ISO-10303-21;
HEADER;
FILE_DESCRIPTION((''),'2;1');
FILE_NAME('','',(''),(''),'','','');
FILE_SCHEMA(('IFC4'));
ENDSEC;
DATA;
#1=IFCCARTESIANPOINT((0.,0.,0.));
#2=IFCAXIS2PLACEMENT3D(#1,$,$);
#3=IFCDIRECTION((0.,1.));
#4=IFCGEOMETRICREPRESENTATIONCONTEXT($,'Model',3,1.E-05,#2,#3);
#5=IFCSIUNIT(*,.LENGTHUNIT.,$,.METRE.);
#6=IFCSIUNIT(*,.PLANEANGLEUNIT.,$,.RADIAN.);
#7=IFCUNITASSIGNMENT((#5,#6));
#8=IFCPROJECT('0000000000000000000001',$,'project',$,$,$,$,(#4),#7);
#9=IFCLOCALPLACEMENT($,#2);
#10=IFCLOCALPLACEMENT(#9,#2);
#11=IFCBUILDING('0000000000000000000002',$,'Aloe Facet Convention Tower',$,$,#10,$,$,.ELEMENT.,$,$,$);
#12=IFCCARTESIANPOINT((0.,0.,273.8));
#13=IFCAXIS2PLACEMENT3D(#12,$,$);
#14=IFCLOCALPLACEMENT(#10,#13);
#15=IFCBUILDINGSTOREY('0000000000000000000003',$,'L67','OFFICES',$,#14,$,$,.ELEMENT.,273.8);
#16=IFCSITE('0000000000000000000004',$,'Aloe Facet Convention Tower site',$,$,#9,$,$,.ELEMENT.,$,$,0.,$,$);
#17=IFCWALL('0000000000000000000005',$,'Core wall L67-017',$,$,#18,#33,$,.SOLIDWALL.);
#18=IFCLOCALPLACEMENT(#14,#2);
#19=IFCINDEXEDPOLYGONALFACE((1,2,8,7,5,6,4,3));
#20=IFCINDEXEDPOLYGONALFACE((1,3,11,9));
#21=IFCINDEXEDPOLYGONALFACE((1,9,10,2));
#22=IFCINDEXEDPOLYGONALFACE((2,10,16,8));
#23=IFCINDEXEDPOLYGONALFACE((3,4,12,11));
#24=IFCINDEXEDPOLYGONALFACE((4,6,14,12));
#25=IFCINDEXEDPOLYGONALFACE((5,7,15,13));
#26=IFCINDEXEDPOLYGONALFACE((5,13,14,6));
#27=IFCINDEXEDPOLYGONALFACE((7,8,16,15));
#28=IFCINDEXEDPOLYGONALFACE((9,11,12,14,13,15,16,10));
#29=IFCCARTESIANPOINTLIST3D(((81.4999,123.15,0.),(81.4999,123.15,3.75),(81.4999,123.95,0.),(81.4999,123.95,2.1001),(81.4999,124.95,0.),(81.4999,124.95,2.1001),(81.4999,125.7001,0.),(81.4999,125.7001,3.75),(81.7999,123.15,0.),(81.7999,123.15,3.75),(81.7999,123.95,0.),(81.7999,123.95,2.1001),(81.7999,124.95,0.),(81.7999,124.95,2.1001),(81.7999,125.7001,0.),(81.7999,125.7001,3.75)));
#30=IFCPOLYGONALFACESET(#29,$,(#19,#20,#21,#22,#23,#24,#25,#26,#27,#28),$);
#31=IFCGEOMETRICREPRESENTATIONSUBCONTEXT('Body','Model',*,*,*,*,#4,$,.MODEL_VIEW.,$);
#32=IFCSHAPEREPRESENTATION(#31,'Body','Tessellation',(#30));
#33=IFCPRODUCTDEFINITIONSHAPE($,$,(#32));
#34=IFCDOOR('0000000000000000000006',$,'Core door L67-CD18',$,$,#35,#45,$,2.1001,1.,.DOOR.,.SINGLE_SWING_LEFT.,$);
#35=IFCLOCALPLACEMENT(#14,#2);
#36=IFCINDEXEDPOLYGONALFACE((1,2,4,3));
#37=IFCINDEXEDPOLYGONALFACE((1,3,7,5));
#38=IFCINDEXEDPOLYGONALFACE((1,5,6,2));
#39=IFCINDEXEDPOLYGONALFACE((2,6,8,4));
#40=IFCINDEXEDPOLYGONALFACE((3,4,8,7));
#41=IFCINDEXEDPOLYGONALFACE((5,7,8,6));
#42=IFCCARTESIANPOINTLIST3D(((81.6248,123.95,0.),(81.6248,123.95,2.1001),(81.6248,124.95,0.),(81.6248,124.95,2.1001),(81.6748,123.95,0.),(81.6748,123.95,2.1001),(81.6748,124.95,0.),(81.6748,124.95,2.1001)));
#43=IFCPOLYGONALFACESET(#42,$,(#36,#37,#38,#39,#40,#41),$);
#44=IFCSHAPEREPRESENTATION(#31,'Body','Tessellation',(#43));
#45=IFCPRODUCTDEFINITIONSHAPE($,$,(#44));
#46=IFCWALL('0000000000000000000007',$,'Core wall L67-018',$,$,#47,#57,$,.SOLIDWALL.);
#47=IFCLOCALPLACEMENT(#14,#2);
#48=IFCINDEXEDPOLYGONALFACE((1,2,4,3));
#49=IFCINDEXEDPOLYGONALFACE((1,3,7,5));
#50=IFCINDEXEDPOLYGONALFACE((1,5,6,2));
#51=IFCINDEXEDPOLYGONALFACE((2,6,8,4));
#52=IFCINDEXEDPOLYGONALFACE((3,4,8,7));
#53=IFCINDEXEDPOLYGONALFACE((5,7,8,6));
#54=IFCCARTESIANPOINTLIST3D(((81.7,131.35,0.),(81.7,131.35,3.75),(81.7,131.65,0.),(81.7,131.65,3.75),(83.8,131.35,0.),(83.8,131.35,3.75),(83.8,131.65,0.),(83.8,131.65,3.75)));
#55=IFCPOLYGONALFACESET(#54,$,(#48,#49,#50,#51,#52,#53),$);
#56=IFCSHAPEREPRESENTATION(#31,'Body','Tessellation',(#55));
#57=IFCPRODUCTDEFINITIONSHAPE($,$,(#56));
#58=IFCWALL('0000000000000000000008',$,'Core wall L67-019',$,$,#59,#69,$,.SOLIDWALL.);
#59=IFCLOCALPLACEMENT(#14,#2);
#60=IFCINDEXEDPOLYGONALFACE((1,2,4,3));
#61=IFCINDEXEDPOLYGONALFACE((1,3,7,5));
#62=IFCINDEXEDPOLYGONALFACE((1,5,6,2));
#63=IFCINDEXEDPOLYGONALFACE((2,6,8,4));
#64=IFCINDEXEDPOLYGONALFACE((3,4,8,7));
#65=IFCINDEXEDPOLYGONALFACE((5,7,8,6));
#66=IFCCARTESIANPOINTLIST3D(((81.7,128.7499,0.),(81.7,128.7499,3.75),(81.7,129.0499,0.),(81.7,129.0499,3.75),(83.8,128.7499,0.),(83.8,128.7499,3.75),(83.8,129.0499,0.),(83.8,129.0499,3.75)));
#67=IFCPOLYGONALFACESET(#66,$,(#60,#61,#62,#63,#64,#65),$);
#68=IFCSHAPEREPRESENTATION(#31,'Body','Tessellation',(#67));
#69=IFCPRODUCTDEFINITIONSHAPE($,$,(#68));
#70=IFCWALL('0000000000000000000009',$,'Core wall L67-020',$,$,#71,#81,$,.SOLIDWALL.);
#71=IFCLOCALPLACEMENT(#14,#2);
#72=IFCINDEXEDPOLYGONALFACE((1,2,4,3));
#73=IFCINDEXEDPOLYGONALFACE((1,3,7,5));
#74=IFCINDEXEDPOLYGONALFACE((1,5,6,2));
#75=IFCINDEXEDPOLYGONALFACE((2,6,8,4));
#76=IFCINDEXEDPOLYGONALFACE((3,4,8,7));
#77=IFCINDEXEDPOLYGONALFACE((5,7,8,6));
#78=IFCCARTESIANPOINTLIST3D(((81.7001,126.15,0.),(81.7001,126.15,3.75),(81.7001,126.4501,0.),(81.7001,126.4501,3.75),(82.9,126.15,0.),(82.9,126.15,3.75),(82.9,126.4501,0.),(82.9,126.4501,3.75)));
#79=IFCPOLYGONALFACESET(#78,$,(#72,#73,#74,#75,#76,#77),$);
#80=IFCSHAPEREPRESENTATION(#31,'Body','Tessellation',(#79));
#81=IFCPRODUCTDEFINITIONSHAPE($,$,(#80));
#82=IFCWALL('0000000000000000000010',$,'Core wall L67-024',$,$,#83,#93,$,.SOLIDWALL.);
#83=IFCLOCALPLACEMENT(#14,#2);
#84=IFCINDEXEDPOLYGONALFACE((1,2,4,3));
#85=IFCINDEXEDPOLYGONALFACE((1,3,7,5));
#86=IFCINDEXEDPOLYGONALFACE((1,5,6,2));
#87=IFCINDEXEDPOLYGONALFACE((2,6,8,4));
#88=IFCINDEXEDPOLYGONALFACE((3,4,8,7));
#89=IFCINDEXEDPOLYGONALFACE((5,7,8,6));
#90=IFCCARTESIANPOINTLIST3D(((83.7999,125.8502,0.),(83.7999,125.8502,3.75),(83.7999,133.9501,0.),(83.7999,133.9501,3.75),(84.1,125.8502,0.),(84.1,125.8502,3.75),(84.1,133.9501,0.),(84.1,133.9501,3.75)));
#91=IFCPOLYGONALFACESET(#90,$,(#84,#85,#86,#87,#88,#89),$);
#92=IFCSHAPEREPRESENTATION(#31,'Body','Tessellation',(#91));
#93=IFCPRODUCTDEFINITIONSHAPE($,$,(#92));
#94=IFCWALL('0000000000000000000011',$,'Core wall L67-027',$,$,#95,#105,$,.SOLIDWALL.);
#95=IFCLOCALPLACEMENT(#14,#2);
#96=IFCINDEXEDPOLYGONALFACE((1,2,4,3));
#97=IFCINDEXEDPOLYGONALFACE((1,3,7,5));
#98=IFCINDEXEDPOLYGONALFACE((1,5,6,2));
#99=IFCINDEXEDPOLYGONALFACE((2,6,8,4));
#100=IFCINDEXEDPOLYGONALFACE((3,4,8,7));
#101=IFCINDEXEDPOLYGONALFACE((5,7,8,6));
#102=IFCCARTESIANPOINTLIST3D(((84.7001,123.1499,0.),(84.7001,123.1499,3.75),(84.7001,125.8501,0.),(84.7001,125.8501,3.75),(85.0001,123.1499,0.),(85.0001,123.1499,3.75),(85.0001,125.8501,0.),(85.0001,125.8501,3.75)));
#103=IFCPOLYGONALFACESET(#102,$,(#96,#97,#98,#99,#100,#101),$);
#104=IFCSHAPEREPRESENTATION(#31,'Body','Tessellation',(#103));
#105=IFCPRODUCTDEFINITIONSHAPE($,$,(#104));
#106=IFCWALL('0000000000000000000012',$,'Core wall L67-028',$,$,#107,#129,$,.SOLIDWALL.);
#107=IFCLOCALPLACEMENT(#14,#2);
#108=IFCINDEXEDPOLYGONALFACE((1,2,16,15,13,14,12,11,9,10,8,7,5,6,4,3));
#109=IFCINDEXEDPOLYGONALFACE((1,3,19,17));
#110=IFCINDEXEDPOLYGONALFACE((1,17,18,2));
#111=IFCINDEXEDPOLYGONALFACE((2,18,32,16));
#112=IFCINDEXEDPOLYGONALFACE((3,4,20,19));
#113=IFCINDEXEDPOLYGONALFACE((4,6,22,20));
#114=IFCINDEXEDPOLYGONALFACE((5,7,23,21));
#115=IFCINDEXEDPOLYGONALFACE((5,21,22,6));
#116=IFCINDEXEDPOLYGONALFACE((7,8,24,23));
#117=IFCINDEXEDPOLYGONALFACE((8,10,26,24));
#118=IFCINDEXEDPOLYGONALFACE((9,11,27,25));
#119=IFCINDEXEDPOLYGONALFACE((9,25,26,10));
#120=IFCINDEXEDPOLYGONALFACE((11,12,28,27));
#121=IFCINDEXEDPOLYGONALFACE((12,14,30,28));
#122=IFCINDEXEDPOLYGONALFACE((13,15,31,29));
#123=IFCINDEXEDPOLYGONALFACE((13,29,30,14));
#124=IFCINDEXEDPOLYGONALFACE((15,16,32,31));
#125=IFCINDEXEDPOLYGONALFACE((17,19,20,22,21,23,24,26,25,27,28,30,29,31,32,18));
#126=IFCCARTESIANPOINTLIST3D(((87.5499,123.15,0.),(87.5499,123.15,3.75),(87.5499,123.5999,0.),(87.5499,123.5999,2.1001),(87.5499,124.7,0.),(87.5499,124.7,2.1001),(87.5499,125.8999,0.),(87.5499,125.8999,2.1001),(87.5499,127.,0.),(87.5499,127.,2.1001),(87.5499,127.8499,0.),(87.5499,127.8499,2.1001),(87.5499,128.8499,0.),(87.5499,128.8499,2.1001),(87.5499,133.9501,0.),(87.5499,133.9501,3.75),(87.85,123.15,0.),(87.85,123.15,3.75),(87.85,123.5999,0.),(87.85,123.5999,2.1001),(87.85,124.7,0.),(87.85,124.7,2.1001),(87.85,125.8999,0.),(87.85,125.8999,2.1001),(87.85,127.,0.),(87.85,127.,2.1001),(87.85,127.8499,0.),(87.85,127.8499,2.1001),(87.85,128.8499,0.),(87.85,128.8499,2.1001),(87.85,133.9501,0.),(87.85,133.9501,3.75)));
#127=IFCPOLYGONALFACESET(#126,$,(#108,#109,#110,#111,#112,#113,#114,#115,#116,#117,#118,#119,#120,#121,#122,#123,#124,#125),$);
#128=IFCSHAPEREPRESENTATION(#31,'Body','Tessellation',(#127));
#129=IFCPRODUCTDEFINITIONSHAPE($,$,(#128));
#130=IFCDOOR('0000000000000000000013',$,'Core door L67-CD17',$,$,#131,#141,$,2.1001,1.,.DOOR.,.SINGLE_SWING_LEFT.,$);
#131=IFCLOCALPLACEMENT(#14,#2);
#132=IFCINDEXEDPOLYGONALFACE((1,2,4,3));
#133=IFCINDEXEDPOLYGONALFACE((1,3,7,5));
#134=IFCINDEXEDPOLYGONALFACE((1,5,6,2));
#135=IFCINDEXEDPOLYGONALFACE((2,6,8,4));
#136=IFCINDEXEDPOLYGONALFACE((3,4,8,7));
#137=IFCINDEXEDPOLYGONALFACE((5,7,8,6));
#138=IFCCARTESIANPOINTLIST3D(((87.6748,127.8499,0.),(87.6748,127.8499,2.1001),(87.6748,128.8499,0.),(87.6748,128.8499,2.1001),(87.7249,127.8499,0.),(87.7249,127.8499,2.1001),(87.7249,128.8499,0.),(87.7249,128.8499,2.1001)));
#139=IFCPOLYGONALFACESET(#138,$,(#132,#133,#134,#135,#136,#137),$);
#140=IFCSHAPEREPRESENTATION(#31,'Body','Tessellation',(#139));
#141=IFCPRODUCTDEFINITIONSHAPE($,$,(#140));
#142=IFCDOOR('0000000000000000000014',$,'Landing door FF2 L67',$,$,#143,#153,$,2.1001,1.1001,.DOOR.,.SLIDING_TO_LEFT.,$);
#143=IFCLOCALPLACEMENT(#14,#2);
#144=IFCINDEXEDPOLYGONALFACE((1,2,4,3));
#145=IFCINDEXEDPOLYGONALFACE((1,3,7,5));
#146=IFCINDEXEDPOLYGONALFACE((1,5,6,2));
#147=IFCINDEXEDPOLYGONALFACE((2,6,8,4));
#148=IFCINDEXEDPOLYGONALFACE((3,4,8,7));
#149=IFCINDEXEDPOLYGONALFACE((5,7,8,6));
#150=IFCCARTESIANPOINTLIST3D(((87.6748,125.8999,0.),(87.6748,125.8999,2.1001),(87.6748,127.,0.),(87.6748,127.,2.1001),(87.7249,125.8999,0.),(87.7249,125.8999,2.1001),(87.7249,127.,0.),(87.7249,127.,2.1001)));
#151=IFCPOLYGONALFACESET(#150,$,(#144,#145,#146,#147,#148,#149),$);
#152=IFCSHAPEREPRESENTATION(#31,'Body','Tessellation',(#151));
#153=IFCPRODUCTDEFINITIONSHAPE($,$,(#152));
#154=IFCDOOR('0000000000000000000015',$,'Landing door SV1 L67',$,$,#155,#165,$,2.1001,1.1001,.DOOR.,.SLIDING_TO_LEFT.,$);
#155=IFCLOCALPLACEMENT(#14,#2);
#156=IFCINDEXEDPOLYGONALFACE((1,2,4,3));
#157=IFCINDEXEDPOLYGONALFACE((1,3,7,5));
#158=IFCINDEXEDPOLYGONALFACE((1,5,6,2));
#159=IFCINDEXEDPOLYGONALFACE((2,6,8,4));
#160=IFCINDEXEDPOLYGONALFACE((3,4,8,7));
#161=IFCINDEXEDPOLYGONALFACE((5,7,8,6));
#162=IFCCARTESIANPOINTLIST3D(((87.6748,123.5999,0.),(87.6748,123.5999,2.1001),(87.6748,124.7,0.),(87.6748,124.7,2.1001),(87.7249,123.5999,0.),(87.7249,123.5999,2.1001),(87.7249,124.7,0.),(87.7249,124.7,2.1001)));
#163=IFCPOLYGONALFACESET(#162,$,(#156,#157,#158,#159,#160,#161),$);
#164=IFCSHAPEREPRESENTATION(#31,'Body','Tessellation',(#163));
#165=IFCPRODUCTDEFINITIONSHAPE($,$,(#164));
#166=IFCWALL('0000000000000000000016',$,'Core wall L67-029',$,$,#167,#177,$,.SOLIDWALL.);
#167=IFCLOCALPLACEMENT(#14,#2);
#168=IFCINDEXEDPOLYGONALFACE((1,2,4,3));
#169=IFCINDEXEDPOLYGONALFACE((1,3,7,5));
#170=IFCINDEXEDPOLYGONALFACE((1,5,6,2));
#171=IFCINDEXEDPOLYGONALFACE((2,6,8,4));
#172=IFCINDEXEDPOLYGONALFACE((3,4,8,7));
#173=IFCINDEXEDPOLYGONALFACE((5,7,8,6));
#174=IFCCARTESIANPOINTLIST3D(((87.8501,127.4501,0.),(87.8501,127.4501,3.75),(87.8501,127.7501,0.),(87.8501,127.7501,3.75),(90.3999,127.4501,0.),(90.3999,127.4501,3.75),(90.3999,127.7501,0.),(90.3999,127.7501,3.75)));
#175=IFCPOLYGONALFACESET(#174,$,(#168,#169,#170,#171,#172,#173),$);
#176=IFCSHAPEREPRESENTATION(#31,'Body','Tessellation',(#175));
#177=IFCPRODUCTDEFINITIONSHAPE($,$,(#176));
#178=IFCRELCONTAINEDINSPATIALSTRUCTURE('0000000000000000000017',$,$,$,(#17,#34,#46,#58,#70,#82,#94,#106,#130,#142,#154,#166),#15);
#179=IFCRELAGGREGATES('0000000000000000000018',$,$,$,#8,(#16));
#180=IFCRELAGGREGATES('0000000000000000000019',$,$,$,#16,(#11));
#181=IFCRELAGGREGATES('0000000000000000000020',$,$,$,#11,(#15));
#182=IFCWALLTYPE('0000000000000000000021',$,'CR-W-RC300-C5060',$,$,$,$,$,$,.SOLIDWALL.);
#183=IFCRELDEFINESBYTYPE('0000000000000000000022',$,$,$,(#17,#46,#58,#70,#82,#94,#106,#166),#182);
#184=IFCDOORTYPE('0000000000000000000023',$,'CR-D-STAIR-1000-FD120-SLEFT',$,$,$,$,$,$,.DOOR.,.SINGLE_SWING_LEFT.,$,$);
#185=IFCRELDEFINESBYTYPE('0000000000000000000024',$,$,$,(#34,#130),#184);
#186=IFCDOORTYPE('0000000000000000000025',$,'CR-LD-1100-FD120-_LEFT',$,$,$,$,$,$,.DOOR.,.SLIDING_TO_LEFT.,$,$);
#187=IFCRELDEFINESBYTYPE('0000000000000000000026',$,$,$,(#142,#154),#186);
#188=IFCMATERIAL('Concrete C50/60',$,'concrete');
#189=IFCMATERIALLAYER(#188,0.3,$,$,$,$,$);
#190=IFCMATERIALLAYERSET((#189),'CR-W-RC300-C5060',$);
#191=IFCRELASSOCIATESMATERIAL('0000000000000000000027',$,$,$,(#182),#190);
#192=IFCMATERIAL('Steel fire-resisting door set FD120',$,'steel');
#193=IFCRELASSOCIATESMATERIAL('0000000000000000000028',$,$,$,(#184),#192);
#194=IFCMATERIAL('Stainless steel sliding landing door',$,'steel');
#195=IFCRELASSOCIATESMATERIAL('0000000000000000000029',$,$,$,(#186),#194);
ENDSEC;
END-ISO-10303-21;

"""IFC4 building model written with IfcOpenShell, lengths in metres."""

from ifc_helpers import new_model, si_unit, direction, frame, frame_2d, origin, place, context, subcontext, project, spatial, rectangle, extrude, material, layer, layer_set, type_object, element, fill, save


model = new_model("IFC4")

# Units and contexts
model_context = context("Model", 3, precision=1e-05, world=origin(), true_north=direction((0.0, 1.0)))
body_context = subcontext(model_context, "Body", "Model", "MODEL_VIEW")
ifc_project = project(units=[si_unit("LENGTHUNIT", "METRE"), si_unit("PLANEANGLEUNIT", "RADIAN")], contexts=[model_context])

# Site, building, storey
site_placement = place(None, origin())
site = spatial("IfcSite", under=ifc_project, at=site_placement, Name="Aloe Facet Convention Tower site", CompositionType="ELEMENT", RefElevation=0.0)
building_placement = place(site_placement, origin())
building = spatial("IfcBuilding", under=site, at=building_placement, Name="Aloe Facet Convention Tower", CompositionType="ELEMENT")
storey_placement = place(building_placement, frame((0.0, 0.0, 273.8)))
storey = spatial("IfcBuildingStorey", under=building, at=storey_placement, Name="L67", Description="OFFICES", CompositionType="ELEMENT", Elevation=273.8)

# Shared definitions
ifc_material_1 = material(Name="Concrete C50/60", Category="concrete")
ifc_layer_1 = layer(ifc_material_1, 0.3)
ifc_layer_set_1 = layer_set([ifc_layer_1], Name="CR-W-RC300-C5060")
wall_type_1 = type_object("IfcWallType", Name="CR-W-RC300-C5060", PredefinedType="SOLIDWALL", material=ifc_layer_set_1)

# Wall, opening, door
wall_1_placement = place(storey_placement, frame((81.6499, 125.7, 0.0), z_axis=(0.0, 0.0, 1.0), x_axis=(0.0, -1.0, 0.0)))
wall_1 = element("IfcWall", 1, at=wall_1_placement, inside=storey, type_object=wall_type_1, Name="Core wall L67-017", PredefinedType="SOLIDWALL", context=body_context, shape_type="SweptSolid", body=[
    extrude(rectangle(XDim=2.55, YDim=0.3, at=frame_2d((1.2749, 0.0))), origin(), (0.0, 0.0, 1.0), 3.75),
])
opening_1_placement = place(wall_1_placement, frame((0.75, 0.0, 0.0)))
opening_1 = element("IfcOpeningElement", 2, at=opening_1_placement, cuts=wall_1, PredefinedType="OPENING", context=body_context, shape_type="SweptSolid", body=[
    extrude(rectangle(XDim=1.0, YDim=2.1001, at=frame_2d((0.5, 1.05))), frame((0.0, 0.1602, 0.0), z_axis=(0.0, -1.0, 0.0), x_axis=(1.0, 0.0, 0.0)), (0.0, 0.0, 1.0), 0.3201),
])
ifc_material_2 = material(Name="Steel fire-resisting door set FD120", Category="steel")
door_type_1 = type_object("IfcDoorType", Name="CR-D-STAIR-1000-FD120-SLEFT", OperationType="SINGLE_SWING_LEFT", PredefinedType="DOOR", material=ifc_material_2)
door_1_placement = place(opening_1_placement, origin())
door_1 = element("IfcDoor", 3, at=door_1_placement, inside=storey, type_object=door_type_1, Name="Core door L67-CD18", OperationType="SINGLE_SWING_LEFT", OverallHeight=2.1001, OverallWidth=1.0, PredefinedType="DOOR", context=body_context, shape_type="SweptSolid", body=[
    extrude(rectangle(XDim=1.0, YDim=2.1001, at=frame_2d((0.5, 1.05))), frame((0.0, 0.0249, 0.0), z_axis=(0.0, -1.0, 0.0), x_axis=(1.0, 0.0, 0.0)), (0.0, 0.0, 1.0), 0.05),
])
fill(opening_1, door_1)

# Walls
for number, where, z_axis, x_axis, name in (
    (4, (81.7, 131.5, 0.0), (0.0, 0.0, 1.0), (1.0, 0.0, 0.0), "Core wall L67-018"),
    (5, (81.7, 128.8999, 0.0), (0.0, 0.0, 1.0), (1.0, 0.0, 0.0), "Core wall L67-019"),
):
    element("IfcWall", number, at=place(storey_placement, frame(where, z_axis=z_axis, x_axis=x_axis)), inside=storey, type_object=wall_type_1, Name=name, PredefinedType="SOLIDWALL", context=body_context, shape_type="SweptSolid", body=[
        extrude(rectangle(XDim=2.1001, YDim=0.3, at=frame_2d((1.05, 0.0))), origin(), (0.0, 0.0, 1.0), 3.75),
    ])
wall_2_placement = place(storey_placement, frame((81.7, 126.3, 0.0), z_axis=(0.0, 0.0, 1.0), x_axis=(1.0, 0.0, 0.0)))
element("IfcWall", 6, at=wall_2_placement, inside=storey, type_object=wall_type_1, Name="Core wall L67-020", PredefinedType="SOLIDWALL", context=body_context, shape_type="SweptSolid", body=[
    extrude(rectangle(XDim=1.2, YDim=0.3, at=frame_2d((0.6001, 0.0))), origin(), (0.0, 0.0, 1.0), 3.75),
])
wall_3_placement = place(storey_placement, frame((83.95, 133.95, 0.0), z_axis=(0.0, 0.0, 1.0), x_axis=(0.0, -1.0, 0.0)))
element("IfcWall", 7, at=wall_3_placement, inside=storey, type_object=wall_type_1, Name="Core wall L67-024", PredefinedType="SOLIDWALL", context=body_context, shape_type="SweptSolid", body=[
    extrude(rectangle(XDim=8.0999, YDim=0.3, at=frame_2d((4.0498, 0.0))), origin(), (0.0, 0.0, 1.0), 3.75),
])
wall_4_placement = place(storey_placement, frame((84.8501, 125.8501, 0.0), z_axis=(0.0, 0.0, 1.0), x_axis=(0.0, -1.0, 0.0)))
element("IfcWall", 8, at=wall_4_placement, inside=storey, type_object=wall_type_1, Name="Core wall L67-027", PredefinedType="SOLIDWALL", context=body_context, shape_type="SweptSolid", body=[
    extrude(rectangle(XDim=2.7002, YDim=0.3, at=frame_2d((1.3501, 0.0))), origin(), (0.0, 0.0, 1.0), 3.75),
])

# Wall, openings, doors
wall_5_placement = place(storey_placement, frame((87.7, 133.95, 0.0), z_axis=(0.0, 0.0, 1.0), x_axis=(0.0, -1.0, 0.0)))
wall_5 = element("IfcWall", 9, at=wall_5_placement, inside=storey, type_object=wall_type_1, Name="Core wall L67-028", PredefinedType="SOLIDWALL", context=body_context, shape_type="SweptSolid", body=[
    extrude(rectangle(XDim=10.8, YDim=0.3, at=frame_2d((5.3999, 0.0))), origin(), (0.0, 0.0, 1.0), 3.75),
])
opening_2_placement = place(wall_5_placement, frame((6.95, 0.0, 0.0)))
opening_2 = element("IfcOpeningElement", 10, at=opening_2_placement, cuts=wall_5, PredefinedType="OPENING", context=body_context, shape_type="SweptSolid", body=[
    extrude(rectangle(XDim=1.1001, YDim=2.1001, at=frame_2d((0.55, 1.05))), frame((0.0, 0.1602, 0.0), z_axis=(0.0, -1.0, 0.0), x_axis=(1.0, 0.0, 0.0)), (0.0, 0.0, 1.0), 0.3201),
])
opening_3_placement = place(wall_5_placement, frame((5.1001, 0.0, 0.0)))
opening_3 = element("IfcOpeningElement", 11, at=opening_3_placement, cuts=wall_5, PredefinedType="OPENING", context=body_context, shape_type="SweptSolid", body=[
    extrude(rectangle(XDim=1.0, YDim=2.1001, at=frame_2d((0.5, 1.05))), frame((0.0, 0.1602, 0.0), z_axis=(0.0, -1.0, 0.0), x_axis=(1.0, 0.0, 0.0)), (0.0, 0.0, 1.0), 0.3201),
])
opening_4_placement = place(wall_5_placement, frame((9.25, 0.0, 0.0)))
opening_4 = element("IfcOpeningElement", 12, at=opening_4_placement, cuts=wall_5, PredefinedType="OPENING", context=body_context, shape_type="SweptSolid", body=[
    extrude(rectangle(XDim=1.1001, YDim=2.1001, at=frame_2d((0.55, 1.05))), frame((0.0, 0.1602, 0.0), z_axis=(0.0, -1.0, 0.0), x_axis=(1.0, 0.0, 0.0)), (0.0, 0.0, 1.0), 0.3201),
])
door_2_placement = place(opening_3_placement, origin())
door_2 = element("IfcDoor", 13, at=door_2_placement, inside=storey, type_object=door_type_1, Name="Core door L67-CD17", OperationType="SINGLE_SWING_LEFT", OverallHeight=2.1001, OverallWidth=1.0, PredefinedType="DOOR", context=body_context, shape_type="SweptSolid", body=[
    extrude(rectangle(XDim=1.0, YDim=2.1001, at=frame_2d((0.5, 1.05))), frame((0.0, 0.0249, 0.0), z_axis=(0.0, -1.0, 0.0), x_axis=(1.0, 0.0, 0.0)), (0.0, 0.0, 1.0), 0.05),
])
fill(opening_3, door_2)
ifc_material_3 = material(Name="Stainless steel sliding landing door", Category="steel")
door_type_2 = type_object("IfcDoorType", Name="CR-LD-1100-FD120-_LEFT", OperationType="SLIDING_TO_LEFT", PredefinedType="DOOR", material=ifc_material_3)
door_3_placement = place(opening_2_placement, origin())
door_3 = element("IfcDoor", 14, at=door_3_placement, inside=storey, type_object=door_type_2, Name="Landing door FF2 L67", OperationType="SLIDING_TO_LEFT", OverallHeight=2.1001, OverallWidth=1.1001, PredefinedType="DOOR", context=body_context, shape_type="SweptSolid", body=[
    extrude(rectangle(XDim=1.1001, YDim=2.1001, at=frame_2d((0.55, 1.05))), frame((0.0, 0.0249, 0.0), z_axis=(0.0, -1.0, 0.0), x_axis=(1.0, 0.0, 0.0)), (0.0, 0.0, 1.0), 0.05),
])
fill(opening_2, door_3)
door_4_placement = place(opening_4_placement, origin())
door_4 = element("IfcDoor", 15, at=door_4_placement, inside=storey, type_object=door_type_2, Name="Landing door SV1 L67", OperationType="SLIDING_TO_LEFT", OverallHeight=2.1001, OverallWidth=1.1001, PredefinedType="DOOR", context=body_context, shape_type="SweptSolid", body=[
    extrude(rectangle(XDim=1.1001, YDim=2.1001, at=frame_2d((0.55, 1.05))), frame((0.0, 0.0249, 0.0), z_axis=(0.0, -1.0, 0.0), x_axis=(1.0, 0.0, 0.0)), (0.0, 0.0, 1.0), 0.05),
])
fill(opening_4, door_4)

# Wall
for number, where, z_axis, x_axis, name in (
    (16, (87.8501, 127.6001, 0.0), (0.0, 0.0, 1.0), (1.0, 0.0, 0.0), "Core wall L67-029"),
):
    element("IfcWall", number, at=place(storey_placement, frame(where, z_axis=z_axis, x_axis=x_axis)), inside=storey, type_object=wall_type_1, Name=name, PredefinedType="SOLIDWALL", context=body_context, shape_type="SweptSolid", body=[
        extrude(rectangle(XDim=2.5498, YDim=0.3, at=frame_2d((1.2749, 0.0))), origin(), (0.0, 0.0, 1.0), 3.75),
    ])

save(model, "model.ifc")
